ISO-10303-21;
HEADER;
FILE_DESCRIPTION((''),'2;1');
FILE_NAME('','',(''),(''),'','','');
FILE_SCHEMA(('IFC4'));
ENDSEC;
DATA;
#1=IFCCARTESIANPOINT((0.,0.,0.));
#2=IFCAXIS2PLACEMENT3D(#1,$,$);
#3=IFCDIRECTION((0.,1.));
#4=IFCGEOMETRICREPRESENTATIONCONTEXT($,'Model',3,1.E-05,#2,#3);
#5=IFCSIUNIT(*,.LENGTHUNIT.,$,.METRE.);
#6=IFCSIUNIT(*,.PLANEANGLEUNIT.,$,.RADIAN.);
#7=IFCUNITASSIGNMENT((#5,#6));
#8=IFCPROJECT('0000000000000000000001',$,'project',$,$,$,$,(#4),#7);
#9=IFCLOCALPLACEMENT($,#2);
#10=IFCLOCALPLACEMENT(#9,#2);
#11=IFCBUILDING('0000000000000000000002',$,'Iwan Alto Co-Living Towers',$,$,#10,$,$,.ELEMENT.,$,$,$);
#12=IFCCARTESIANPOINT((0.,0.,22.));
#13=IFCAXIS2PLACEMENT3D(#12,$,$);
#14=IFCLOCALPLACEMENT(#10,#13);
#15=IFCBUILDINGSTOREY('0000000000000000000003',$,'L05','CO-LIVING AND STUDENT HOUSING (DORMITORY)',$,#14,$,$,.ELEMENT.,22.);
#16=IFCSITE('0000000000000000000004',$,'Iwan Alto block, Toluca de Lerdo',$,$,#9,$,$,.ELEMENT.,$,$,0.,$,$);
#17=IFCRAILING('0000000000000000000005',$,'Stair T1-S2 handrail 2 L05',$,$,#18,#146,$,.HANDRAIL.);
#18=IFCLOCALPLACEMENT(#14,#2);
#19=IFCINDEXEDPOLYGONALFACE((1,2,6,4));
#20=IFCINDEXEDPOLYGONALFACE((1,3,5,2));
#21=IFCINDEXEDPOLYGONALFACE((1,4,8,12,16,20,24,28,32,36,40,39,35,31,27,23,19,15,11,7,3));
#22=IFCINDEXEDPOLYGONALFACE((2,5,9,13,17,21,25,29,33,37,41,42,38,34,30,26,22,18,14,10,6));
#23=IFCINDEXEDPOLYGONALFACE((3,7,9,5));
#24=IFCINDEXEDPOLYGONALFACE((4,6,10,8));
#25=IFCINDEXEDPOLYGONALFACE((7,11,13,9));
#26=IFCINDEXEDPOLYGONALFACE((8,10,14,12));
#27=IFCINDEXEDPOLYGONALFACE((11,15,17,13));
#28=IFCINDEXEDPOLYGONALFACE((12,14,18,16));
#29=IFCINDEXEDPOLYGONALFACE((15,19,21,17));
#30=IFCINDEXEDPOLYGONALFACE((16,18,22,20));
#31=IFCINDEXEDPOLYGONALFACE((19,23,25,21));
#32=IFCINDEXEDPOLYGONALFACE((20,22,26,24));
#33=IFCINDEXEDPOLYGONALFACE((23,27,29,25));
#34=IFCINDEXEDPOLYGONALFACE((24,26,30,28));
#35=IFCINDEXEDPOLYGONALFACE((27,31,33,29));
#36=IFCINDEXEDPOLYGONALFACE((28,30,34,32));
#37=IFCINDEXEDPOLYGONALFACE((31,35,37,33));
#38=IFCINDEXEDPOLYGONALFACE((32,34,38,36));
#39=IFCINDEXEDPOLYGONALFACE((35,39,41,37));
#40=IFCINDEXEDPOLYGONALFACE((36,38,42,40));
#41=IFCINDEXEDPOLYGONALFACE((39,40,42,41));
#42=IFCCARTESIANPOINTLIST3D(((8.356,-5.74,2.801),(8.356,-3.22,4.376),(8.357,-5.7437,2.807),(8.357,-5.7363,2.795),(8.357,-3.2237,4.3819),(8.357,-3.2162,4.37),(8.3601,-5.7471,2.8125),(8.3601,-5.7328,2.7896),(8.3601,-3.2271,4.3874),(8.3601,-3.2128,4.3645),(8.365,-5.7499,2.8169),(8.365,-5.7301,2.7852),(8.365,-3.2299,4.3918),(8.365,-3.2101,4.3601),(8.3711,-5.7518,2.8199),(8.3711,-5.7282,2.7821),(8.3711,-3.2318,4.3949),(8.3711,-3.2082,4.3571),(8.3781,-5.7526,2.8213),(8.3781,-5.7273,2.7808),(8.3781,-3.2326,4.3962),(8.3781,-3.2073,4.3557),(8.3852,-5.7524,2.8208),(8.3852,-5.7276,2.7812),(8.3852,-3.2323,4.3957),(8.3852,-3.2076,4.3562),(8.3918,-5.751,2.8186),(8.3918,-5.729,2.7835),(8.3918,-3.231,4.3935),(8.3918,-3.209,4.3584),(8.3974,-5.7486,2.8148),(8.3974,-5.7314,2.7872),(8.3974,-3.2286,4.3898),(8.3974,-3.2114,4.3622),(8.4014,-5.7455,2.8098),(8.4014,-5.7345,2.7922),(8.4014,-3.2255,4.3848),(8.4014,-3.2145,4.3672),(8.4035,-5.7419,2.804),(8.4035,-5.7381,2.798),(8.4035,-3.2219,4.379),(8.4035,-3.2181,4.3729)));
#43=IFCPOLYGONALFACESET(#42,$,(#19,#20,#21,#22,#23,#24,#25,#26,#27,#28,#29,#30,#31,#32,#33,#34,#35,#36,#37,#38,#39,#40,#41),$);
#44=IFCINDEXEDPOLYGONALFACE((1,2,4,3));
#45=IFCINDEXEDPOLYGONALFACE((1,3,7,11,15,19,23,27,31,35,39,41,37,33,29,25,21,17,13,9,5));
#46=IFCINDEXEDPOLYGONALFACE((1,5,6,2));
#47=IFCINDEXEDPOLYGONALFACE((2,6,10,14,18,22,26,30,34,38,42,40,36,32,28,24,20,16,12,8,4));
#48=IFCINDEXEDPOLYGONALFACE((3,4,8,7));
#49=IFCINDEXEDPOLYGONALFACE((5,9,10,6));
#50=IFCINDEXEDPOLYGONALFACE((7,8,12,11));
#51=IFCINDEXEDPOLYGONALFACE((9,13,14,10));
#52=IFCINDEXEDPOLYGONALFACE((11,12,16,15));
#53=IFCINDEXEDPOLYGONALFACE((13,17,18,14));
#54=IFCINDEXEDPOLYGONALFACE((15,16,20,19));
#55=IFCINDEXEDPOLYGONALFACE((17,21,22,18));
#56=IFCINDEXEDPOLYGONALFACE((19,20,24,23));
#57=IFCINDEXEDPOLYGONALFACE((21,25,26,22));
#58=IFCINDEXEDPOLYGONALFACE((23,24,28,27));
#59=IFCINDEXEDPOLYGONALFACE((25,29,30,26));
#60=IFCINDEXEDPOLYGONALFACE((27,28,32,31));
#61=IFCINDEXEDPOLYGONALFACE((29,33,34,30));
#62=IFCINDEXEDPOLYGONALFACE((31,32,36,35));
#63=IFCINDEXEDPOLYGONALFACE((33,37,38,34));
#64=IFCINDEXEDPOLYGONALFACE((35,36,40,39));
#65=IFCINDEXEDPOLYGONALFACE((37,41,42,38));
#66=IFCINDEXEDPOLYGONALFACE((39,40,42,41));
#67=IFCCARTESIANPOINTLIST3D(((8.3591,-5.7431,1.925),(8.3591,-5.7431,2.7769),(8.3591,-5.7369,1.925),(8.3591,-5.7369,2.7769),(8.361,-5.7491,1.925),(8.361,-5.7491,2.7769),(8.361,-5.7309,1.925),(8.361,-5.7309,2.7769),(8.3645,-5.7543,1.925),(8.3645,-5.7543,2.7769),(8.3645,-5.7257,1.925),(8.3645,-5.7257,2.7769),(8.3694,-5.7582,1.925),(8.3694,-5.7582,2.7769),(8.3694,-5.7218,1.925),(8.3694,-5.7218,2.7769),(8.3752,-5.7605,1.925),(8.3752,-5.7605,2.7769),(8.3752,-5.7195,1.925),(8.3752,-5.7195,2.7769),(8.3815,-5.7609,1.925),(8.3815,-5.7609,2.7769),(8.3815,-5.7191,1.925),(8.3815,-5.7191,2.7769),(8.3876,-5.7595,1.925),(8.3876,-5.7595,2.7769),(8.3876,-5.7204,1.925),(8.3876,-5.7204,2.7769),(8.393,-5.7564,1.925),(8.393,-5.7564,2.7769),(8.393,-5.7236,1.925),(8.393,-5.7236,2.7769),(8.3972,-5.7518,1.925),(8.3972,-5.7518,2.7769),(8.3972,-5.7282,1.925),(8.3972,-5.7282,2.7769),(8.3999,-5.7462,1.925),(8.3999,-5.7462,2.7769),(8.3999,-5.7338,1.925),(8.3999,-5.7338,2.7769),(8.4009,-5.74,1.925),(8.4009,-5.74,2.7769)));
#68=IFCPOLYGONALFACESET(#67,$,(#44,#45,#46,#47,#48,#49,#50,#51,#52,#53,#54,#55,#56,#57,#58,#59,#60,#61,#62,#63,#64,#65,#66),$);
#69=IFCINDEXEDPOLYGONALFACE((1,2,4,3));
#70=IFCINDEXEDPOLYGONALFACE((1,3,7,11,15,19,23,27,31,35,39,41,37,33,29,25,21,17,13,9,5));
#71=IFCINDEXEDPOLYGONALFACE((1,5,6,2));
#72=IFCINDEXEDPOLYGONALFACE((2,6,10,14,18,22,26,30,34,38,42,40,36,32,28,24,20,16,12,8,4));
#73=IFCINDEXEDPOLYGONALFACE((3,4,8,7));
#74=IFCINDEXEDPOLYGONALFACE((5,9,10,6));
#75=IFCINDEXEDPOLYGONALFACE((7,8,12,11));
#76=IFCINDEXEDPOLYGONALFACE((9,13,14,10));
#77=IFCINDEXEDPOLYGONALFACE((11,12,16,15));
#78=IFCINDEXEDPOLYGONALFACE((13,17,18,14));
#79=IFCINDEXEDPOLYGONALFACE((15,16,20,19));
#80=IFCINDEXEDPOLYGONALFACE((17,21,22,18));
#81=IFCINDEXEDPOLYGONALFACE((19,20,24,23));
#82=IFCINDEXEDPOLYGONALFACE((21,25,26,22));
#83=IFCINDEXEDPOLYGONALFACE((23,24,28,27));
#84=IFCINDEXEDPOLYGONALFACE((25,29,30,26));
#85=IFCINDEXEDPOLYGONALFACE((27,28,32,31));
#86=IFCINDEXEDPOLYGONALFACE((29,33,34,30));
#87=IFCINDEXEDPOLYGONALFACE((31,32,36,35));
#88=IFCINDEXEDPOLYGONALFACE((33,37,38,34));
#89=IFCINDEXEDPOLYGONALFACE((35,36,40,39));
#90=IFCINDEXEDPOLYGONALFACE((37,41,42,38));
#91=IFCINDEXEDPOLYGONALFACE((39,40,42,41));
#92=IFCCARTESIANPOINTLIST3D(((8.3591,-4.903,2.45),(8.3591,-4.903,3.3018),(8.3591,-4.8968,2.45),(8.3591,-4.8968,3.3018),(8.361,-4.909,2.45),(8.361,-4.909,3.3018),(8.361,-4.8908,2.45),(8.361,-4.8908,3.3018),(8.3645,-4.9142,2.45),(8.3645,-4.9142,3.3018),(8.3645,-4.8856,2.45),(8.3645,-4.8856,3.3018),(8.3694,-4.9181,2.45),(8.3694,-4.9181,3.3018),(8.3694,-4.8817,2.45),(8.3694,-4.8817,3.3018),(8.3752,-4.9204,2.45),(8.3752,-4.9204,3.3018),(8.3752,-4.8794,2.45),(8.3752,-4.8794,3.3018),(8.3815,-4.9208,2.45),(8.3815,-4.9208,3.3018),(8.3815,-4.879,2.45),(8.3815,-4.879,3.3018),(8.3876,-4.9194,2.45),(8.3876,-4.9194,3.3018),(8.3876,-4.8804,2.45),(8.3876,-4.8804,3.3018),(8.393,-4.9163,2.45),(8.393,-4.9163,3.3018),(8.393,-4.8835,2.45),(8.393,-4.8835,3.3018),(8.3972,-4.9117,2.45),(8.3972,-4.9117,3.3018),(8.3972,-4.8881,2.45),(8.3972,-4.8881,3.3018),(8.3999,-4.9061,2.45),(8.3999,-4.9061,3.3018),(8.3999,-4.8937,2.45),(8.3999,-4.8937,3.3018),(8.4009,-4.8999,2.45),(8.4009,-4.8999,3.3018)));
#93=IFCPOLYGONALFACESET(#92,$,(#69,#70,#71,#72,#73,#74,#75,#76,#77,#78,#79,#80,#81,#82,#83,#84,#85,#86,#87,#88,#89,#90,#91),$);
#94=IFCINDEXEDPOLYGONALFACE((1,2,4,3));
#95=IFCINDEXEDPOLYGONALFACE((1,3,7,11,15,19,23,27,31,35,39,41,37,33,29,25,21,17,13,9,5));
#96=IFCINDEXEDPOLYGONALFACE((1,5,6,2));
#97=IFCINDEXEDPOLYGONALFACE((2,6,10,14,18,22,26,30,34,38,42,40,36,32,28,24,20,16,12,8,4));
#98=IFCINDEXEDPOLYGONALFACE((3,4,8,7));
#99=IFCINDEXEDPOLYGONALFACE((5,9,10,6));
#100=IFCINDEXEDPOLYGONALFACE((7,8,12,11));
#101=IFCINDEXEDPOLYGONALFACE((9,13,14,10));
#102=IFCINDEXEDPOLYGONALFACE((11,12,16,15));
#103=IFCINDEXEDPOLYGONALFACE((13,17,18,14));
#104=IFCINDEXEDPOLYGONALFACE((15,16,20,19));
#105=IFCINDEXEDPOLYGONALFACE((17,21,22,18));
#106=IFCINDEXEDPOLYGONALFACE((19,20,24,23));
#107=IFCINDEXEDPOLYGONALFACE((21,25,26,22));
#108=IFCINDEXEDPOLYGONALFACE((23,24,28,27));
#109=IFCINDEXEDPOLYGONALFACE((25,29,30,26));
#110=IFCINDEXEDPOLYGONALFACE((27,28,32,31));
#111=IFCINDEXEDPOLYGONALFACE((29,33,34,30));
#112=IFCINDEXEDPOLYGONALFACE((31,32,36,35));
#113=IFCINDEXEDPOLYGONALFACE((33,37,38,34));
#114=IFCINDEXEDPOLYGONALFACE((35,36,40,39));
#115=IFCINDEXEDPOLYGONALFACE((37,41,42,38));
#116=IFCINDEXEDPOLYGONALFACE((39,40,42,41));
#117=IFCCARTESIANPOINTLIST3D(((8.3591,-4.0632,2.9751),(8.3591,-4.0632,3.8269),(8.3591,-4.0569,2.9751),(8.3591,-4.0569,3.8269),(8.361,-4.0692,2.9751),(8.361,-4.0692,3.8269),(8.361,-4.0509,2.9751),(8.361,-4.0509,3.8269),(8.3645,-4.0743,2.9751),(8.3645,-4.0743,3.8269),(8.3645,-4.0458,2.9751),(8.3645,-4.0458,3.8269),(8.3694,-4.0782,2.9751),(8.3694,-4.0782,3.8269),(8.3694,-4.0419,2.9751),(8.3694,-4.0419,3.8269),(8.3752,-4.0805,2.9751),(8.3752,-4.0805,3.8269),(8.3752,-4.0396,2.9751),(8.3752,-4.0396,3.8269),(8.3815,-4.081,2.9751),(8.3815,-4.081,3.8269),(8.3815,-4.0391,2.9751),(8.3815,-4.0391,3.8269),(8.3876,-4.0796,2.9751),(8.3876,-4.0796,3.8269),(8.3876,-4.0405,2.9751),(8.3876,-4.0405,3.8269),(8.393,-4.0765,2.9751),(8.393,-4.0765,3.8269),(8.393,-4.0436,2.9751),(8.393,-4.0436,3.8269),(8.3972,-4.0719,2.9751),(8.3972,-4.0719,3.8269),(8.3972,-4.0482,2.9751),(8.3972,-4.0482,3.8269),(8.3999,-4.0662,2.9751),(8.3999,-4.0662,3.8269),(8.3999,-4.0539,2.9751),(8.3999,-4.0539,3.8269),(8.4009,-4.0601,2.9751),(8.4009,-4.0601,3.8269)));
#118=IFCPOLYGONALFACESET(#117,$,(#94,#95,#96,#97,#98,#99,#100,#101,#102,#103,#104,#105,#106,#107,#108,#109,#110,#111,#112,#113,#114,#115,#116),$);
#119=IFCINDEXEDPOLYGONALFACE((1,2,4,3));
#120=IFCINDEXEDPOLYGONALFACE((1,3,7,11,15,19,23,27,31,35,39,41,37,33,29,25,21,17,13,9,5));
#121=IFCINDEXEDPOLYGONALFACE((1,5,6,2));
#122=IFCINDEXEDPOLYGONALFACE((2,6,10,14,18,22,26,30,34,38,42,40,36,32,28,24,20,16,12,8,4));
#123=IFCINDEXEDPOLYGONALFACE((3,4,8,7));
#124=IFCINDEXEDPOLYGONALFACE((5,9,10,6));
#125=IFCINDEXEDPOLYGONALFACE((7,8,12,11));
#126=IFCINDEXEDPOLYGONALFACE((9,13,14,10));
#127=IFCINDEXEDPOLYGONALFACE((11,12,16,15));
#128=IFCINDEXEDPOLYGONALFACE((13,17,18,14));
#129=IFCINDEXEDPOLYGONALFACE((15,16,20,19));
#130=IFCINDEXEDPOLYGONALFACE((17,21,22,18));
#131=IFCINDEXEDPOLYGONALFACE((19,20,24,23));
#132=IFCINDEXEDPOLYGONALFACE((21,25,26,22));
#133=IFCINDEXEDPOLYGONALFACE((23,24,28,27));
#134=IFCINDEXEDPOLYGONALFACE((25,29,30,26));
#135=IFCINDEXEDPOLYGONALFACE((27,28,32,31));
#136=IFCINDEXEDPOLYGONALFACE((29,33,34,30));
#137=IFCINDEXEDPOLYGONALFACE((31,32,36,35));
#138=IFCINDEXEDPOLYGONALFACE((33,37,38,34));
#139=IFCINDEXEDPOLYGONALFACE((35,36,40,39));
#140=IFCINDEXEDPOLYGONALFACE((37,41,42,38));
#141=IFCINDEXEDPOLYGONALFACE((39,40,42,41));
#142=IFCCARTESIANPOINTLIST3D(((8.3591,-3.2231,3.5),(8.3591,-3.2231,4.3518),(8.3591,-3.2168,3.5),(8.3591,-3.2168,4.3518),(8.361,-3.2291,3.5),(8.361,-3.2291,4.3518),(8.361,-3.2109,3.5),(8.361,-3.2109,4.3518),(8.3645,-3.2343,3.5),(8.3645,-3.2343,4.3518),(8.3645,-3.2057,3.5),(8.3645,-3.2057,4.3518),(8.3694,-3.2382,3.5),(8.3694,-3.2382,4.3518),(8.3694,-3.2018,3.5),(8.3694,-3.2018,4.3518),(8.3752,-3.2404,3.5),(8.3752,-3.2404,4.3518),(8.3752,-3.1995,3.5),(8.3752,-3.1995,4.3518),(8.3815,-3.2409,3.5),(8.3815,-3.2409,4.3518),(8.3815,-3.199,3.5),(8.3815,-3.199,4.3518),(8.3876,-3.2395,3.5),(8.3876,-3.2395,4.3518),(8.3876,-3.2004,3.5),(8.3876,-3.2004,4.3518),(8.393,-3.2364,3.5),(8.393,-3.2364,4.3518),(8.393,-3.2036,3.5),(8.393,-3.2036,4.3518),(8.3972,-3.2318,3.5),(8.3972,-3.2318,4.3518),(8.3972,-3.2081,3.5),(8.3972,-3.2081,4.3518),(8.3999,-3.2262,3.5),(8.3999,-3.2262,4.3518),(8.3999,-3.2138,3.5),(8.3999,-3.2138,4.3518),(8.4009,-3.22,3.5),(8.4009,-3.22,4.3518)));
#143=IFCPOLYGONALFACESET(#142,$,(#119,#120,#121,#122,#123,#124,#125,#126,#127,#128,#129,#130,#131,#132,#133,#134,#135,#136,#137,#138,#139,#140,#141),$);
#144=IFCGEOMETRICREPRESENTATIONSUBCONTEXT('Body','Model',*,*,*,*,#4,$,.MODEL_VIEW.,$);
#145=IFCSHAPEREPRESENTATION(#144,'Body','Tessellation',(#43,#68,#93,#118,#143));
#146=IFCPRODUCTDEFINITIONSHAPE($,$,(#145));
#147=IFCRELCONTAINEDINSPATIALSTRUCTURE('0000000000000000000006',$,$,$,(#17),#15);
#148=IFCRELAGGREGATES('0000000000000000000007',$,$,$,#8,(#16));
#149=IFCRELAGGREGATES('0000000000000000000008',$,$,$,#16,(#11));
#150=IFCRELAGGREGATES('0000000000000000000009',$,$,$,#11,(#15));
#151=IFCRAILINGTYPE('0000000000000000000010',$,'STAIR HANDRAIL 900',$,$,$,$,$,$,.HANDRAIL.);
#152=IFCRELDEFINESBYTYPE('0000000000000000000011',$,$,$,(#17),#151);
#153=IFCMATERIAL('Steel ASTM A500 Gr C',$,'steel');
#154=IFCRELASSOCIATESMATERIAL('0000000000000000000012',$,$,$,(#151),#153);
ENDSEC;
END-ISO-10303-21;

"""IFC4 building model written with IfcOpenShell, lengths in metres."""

from ifc_helpers import new_model, si_unit, direction, frame, origin, origin_2d, place, context, subcontext, project, spatial, circle, extrude, material, type_object, element, save


model = new_model("IFC4")

# Units and contexts
model_context = context("Model", 3, precision=1e-05, world=origin(), true_north=direction((0.0, 1.0)))
body_context = subcontext(model_context, "Body", "Model", "MODEL_VIEW")
ifc_project = project(units=[si_unit("LENGTHUNIT", "METRE"), si_unit("PLANEANGLEUNIT", "RADIAN")], contexts=[model_context])

# Site, building, storey
site_placement = place(None, origin())
site = spatial("IfcSite", under=ifc_project, at=site_placement, Name="Iwan Alto block, Toluca de Lerdo", CompositionType="ELEMENT", RefElevation=0.0)
building_placement = place(site_placement, origin())
building = spatial("IfcBuilding", under=site, at=building_placement, Name="Iwan Alto Co-Living Towers", CompositionType="ELEMENT")
storey_placement = place(building_placement, frame((0.0, 0.0, 22.0)))
storey = spatial("IfcBuildingStorey", under=building, at=storey_placement, Name="L05", Description="CO-LIVING AND STUDENT HOUSING (DORMITORY)", CompositionType="ELEMENT", Elevation=22.0)

# Railing
ifc_material_1 = material(Name="Steel ASTM A500 Gr C", Category="steel")
railing_type_1 = type_object("IfcRailingType", Name="STAIR HANDRAIL 900", PredefinedType="HANDRAIL", material=ifc_material_1)
railing_1_placement = place(storey_placement, frame((8.3799, -5.74, 1.925)))
element("IfcRailing", 1, at=railing_1_placement, inside=storey, type_object=railing_type_1, Name="Stair T1-S2 handrail 2 L05", PredefinedType="HANDRAIL", context=body_context, shape_type="SweptSolid", body=[
    extrude(circle(Radius=0.0239, at=origin_2d()), frame((0.0, 0.0, 0.876), z_axis=(0.0, 0.848008, 0.529984), x_axis=(-1.0, 0.0, 0.0)), (0.0, 0.0, 1.0), 2.9717),
    extrude(circle(Radius=0.021, at=origin_2d()), origin(), (0.0, 0.0, 1.0), 0.8518),
    extrude(circle(Radius=0.021, at=origin_2d()), frame((0.0, 0.8401, 0.5249)), (0.0, 0.0, 1.0), 0.8518),
    extrude(circle(Radius=0.021, at=origin_2d()), frame((0.0, 1.6799, 1.05)), (0.0, 0.0, 1.0), 0.8518),
    extrude(circle(Radius=0.021, at=origin_2d()), frame((0.0, 2.52, 1.575)), (0.0, 0.0, 1.0), 0.8518),
])

save(model, "model.ifc")
